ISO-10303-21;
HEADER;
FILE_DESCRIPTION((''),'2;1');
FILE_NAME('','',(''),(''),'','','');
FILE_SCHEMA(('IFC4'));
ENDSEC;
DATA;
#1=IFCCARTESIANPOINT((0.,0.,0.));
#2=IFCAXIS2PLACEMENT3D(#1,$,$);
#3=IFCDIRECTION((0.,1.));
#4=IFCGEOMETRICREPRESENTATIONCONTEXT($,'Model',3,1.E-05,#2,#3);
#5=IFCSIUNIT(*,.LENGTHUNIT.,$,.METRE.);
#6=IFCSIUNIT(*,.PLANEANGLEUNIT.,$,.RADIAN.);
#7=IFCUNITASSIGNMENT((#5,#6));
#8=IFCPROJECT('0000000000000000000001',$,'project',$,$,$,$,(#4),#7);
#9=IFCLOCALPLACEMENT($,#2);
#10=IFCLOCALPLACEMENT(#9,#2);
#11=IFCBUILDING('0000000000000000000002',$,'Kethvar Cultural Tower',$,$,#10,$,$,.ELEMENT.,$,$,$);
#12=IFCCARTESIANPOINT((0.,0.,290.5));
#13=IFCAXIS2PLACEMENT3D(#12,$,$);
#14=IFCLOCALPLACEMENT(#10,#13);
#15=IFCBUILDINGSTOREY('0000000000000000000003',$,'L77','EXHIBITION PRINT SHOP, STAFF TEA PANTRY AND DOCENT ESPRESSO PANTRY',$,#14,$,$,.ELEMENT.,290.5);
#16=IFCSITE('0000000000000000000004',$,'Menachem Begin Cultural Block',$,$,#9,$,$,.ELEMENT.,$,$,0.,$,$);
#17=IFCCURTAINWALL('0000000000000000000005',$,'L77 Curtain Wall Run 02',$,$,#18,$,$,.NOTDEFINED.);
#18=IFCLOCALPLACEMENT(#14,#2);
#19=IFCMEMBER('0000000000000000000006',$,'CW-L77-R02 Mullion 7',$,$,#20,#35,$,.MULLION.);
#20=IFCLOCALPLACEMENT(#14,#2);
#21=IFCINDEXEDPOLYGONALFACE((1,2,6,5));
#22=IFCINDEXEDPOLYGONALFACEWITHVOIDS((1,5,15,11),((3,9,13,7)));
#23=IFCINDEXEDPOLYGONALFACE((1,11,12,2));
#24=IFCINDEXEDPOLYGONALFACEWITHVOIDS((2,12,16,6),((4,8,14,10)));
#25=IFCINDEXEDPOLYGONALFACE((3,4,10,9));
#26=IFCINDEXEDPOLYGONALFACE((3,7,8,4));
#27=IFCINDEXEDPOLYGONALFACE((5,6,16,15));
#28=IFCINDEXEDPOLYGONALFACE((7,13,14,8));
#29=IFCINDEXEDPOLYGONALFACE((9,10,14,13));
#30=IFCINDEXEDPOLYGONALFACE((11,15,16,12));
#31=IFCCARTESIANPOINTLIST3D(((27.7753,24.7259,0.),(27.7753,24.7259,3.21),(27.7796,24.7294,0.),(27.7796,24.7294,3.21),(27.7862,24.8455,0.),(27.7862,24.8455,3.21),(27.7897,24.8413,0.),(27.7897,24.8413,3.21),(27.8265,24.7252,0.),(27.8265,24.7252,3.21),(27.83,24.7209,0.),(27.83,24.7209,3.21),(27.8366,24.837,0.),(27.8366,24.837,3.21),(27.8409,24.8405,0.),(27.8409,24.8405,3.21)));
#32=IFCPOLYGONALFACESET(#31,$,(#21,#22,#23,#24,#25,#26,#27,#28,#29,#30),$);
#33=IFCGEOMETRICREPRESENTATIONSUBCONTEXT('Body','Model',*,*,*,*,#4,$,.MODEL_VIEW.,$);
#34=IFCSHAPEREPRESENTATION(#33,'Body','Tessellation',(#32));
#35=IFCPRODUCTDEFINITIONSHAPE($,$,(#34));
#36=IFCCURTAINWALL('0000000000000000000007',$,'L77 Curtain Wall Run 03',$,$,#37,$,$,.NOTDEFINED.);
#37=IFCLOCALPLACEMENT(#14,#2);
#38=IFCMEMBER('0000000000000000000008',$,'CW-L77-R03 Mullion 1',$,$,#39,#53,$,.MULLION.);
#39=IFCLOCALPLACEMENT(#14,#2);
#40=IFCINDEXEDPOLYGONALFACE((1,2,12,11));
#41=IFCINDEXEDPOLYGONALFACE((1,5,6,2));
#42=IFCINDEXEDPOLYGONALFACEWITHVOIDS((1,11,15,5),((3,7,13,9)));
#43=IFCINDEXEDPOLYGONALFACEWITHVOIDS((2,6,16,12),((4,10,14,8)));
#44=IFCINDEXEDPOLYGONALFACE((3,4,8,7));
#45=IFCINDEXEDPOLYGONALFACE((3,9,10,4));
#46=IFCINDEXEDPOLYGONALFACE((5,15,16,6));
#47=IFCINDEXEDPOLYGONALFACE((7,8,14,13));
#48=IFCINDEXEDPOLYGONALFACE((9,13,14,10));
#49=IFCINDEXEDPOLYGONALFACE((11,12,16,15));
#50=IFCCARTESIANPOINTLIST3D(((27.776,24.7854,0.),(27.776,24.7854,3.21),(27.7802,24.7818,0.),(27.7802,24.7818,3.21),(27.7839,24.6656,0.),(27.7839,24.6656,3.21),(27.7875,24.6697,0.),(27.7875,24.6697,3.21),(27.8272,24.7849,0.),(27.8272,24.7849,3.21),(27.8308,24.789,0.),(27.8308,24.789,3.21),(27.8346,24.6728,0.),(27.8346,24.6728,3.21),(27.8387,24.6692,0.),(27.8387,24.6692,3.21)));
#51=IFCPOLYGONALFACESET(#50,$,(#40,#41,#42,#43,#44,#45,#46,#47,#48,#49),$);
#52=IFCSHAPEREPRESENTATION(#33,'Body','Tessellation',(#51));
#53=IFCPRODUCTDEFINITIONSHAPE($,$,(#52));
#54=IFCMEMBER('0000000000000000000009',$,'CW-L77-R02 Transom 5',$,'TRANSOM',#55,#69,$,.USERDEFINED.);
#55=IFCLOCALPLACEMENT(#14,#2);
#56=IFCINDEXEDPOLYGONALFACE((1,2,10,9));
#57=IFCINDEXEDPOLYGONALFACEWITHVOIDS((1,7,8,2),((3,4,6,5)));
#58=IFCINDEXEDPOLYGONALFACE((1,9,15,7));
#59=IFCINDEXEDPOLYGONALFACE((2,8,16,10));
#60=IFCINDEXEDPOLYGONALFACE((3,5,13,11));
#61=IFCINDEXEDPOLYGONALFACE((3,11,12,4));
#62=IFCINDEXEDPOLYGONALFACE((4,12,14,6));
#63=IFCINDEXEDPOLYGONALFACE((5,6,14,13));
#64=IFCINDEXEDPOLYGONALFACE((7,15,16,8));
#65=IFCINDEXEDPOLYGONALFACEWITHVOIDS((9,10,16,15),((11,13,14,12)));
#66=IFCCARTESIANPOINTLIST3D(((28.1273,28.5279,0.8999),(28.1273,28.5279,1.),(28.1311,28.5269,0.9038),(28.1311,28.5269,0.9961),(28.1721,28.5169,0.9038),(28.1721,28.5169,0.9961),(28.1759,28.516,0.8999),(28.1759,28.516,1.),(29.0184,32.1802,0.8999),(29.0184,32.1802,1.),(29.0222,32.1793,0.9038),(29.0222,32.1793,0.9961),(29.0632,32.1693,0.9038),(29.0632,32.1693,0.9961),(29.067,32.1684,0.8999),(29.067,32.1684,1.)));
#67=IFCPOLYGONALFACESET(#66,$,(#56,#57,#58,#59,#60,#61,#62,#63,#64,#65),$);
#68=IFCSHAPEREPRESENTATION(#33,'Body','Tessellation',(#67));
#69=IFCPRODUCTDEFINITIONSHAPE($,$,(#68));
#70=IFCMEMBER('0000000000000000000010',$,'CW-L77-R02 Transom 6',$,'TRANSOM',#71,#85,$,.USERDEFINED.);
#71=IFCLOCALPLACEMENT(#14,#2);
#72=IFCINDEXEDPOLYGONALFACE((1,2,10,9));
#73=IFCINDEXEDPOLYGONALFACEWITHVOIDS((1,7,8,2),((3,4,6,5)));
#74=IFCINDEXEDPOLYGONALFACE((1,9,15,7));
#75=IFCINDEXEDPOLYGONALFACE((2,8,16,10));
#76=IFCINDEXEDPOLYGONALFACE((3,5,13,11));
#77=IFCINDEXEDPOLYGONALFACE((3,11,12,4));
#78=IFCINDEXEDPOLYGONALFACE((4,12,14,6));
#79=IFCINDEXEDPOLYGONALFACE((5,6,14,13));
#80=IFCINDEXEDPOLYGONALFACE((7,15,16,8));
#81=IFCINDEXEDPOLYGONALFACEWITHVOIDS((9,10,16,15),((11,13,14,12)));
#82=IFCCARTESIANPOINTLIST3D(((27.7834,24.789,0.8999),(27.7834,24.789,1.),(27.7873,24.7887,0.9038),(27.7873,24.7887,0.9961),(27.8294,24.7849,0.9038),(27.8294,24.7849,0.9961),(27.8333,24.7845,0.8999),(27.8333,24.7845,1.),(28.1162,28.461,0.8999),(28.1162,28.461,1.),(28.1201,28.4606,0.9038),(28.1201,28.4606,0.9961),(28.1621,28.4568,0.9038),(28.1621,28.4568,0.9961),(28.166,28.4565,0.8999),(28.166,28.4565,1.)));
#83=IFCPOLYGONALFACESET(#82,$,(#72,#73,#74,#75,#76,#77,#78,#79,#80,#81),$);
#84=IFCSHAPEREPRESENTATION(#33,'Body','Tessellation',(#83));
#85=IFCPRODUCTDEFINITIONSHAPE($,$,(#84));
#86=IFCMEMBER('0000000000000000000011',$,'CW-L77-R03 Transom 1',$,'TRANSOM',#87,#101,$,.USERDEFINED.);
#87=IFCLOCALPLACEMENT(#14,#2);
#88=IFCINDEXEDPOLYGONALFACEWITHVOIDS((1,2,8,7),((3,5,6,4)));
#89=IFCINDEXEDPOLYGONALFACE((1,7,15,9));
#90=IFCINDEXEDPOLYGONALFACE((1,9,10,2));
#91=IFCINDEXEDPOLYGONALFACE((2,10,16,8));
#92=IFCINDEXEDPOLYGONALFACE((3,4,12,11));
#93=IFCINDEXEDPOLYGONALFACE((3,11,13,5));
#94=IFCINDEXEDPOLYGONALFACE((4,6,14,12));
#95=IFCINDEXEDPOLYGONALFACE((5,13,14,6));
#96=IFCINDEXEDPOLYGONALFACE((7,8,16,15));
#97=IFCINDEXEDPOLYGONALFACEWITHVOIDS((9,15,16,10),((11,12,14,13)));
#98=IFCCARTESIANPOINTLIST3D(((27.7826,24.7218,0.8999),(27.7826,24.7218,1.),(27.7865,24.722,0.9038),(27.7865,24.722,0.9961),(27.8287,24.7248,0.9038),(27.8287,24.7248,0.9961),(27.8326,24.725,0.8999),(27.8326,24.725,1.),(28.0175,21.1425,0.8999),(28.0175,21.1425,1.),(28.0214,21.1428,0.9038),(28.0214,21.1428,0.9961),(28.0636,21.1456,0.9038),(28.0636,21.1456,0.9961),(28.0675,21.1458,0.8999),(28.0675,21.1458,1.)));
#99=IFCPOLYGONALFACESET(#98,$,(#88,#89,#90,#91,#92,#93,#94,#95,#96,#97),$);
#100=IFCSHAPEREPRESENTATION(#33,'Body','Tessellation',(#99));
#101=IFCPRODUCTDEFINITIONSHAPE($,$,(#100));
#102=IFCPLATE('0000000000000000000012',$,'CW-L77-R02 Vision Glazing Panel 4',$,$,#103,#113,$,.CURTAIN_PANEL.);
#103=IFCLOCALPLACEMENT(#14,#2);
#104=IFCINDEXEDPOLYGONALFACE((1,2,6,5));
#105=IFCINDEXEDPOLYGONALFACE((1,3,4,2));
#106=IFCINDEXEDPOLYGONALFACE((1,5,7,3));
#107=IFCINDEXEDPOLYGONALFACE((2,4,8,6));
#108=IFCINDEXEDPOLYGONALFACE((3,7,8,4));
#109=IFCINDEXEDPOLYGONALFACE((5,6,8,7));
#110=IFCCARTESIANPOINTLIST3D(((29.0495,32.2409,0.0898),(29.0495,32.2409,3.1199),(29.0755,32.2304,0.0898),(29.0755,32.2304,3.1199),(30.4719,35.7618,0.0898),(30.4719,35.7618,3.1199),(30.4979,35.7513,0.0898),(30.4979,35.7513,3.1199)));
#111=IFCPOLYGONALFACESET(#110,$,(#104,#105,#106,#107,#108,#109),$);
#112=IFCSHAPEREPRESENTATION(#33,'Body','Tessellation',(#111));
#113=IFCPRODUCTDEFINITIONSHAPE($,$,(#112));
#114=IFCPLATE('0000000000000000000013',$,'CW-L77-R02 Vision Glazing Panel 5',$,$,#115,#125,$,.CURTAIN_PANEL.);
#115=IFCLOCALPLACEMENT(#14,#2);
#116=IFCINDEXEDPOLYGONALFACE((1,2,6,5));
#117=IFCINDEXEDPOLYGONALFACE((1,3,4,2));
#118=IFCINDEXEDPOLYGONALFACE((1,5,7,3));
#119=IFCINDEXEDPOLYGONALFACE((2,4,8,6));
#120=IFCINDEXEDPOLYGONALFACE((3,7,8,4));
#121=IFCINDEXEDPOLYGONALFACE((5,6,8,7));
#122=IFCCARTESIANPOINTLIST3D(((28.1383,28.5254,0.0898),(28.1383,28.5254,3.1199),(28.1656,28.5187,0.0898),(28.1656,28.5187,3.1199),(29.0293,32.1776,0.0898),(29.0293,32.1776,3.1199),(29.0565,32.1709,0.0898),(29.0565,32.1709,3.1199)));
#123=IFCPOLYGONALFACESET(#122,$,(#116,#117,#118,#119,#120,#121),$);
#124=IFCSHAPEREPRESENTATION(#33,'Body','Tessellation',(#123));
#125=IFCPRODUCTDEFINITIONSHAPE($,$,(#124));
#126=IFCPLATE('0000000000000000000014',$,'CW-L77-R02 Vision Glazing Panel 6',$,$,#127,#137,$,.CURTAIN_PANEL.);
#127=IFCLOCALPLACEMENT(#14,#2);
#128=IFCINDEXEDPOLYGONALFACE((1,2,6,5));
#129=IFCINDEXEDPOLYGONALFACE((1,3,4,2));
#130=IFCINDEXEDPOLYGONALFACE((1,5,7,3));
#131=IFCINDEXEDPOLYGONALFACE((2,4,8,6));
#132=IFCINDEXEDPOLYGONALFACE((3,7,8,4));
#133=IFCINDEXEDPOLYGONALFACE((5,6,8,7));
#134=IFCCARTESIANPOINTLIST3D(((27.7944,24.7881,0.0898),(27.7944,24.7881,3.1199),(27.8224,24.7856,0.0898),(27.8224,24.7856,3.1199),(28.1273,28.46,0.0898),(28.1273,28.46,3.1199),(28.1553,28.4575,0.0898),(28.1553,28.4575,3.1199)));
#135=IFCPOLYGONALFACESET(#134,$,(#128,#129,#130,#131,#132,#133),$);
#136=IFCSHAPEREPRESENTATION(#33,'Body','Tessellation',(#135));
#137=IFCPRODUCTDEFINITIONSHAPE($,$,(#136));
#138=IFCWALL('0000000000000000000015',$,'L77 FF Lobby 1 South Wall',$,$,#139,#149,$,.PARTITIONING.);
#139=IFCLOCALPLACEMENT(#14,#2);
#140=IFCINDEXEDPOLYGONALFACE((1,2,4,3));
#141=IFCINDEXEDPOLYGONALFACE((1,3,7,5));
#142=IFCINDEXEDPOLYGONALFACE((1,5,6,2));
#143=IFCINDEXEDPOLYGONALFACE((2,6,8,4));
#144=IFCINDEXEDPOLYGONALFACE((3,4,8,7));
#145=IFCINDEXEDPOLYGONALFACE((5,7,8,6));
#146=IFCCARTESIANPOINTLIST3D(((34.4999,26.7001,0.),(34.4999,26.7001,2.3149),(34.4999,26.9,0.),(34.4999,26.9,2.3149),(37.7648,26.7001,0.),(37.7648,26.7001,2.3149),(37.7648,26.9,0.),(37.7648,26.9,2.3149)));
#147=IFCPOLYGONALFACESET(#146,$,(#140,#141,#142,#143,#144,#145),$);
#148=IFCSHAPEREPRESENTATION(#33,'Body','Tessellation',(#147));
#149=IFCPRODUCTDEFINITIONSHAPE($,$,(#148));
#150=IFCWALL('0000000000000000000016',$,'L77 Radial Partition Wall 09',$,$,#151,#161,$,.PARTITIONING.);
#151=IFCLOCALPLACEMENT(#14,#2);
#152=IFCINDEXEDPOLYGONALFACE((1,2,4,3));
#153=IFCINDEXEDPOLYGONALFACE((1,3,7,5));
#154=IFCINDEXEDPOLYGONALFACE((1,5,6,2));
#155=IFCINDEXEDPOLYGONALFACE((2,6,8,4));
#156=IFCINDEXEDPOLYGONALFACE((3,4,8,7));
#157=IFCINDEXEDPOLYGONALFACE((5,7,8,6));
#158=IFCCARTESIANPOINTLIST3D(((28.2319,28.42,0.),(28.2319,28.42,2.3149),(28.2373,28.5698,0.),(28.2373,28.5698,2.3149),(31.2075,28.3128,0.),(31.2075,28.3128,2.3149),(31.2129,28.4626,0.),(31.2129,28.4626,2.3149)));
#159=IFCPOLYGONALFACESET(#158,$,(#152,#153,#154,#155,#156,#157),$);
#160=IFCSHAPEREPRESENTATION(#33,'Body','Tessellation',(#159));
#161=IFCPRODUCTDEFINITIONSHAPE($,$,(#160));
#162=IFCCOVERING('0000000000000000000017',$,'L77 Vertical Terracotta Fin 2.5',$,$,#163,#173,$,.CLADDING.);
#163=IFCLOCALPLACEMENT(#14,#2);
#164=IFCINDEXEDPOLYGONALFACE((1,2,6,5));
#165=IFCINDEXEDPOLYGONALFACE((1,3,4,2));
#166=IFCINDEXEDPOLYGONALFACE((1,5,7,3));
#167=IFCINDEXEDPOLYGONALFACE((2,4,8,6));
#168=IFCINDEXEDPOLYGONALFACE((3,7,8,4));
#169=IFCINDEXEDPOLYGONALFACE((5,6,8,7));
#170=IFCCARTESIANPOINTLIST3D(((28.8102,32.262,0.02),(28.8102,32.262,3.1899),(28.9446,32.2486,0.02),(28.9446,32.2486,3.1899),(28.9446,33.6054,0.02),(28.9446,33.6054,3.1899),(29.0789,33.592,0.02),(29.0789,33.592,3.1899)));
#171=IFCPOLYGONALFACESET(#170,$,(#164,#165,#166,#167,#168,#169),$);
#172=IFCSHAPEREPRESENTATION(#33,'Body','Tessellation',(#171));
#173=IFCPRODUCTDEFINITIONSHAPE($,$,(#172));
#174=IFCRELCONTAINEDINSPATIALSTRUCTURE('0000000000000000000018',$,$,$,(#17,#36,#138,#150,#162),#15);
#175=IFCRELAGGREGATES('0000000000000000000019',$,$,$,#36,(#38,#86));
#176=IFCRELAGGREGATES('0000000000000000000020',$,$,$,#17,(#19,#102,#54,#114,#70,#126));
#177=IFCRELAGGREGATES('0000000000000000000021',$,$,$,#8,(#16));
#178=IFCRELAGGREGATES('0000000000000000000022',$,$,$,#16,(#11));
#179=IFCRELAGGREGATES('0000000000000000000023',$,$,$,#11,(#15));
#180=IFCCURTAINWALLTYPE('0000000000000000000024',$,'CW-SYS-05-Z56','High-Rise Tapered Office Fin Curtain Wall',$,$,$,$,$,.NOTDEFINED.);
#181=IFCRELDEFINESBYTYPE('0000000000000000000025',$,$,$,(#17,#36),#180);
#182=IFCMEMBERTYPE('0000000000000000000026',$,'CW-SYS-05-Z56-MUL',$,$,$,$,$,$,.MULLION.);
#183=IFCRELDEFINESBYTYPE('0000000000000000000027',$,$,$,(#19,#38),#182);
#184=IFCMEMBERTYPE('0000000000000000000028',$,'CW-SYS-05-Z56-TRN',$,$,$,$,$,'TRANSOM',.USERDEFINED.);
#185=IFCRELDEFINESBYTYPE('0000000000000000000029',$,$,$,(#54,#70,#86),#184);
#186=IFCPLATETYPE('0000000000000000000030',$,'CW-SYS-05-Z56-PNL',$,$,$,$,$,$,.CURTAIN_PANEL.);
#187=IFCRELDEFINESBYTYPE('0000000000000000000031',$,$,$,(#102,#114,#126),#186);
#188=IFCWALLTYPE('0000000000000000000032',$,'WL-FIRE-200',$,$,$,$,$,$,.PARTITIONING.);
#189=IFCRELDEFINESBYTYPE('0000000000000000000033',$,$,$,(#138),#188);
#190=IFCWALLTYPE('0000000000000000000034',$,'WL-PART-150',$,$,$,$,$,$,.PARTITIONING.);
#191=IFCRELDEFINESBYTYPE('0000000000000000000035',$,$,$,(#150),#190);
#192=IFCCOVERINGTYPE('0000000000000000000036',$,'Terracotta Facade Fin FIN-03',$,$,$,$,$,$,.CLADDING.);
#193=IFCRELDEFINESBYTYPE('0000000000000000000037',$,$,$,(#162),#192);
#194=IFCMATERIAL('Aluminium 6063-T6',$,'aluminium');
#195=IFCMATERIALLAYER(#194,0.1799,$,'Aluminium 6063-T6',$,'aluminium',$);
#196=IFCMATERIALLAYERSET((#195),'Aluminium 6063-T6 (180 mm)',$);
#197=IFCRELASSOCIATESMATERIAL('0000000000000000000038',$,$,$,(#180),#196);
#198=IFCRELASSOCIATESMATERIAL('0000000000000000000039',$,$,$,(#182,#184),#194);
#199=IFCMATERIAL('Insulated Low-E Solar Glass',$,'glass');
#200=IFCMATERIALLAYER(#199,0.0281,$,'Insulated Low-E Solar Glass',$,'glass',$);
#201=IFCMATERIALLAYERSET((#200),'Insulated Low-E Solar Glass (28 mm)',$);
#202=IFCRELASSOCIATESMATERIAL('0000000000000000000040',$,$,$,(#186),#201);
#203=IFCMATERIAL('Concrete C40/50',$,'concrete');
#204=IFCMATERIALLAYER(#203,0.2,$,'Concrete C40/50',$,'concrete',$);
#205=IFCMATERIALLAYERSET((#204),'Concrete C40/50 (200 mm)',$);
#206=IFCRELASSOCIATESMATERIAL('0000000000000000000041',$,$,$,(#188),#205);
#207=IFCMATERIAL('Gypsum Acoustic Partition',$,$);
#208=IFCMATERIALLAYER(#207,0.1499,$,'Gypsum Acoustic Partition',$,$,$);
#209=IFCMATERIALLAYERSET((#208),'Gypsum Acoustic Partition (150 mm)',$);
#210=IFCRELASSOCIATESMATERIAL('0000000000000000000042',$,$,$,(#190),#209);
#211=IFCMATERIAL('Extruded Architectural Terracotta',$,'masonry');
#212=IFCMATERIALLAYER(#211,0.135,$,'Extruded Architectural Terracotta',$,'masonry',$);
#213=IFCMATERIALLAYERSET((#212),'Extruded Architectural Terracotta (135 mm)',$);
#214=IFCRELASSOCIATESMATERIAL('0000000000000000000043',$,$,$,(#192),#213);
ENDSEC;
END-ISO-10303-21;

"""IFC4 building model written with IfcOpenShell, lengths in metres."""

from ifc_helpers import new_model, si_unit, direction, frame, frame_2d, origin, origin_2d, place, context, subcontext, project, spatial, rectangle, hollow_rectangle, extrude, source, transform, mapped, material, layer, layer_set, material_profile, profile_set, type_object, element, aggregate, save


model = new_model("IFC4")

# Units and contexts
model_context = context("Model", 3, precision=1e-05, world=origin(), true_north=direction((0.0, 1.0)))
body_context = subcontext(model_context, "Body", "Model", "MODEL_VIEW")
ifc_project = project(units=[si_unit("LENGTHUNIT", "METRE"), si_unit("PLANEANGLEUNIT", "RADIAN")], contexts=[model_context])

# Site, building, storey
site_placement = place(None, origin())
site = spatial("IfcSite", under=ifc_project, at=site_placement, Name="Menachem Begin Cultural Block", CompositionType="ELEMENT", RefElevation=0.0)
building_placement = place(site_placement, origin())
building = spatial("IfcBuilding", under=site, at=building_placement, Name="Kethvar Cultural Tower", CompositionType="ELEMENT")
storey_placement = place(building_placement, frame((0.0, 0.0, 290.5)))
storey = spatial("IfcBuildingStorey", under=building, at=storey_placement, Name="L77", Description="EXHIBITION PRINT SHOP, STAFF TEA PANTRY AND DOCENT ESPRESSO PANTRY", CompositionType="ELEMENT", Elevation=290.5)

# Curtain wall, member
ifc_material_1 = material(Name="Aluminium 6063-T6", Category="aluminium")
ifc_layer_1 = layer(ifc_material_1, 0.1799, Name="Aluminium 6063-T6", Category="aluminium")
ifc_layer_set_1 = layer_set([ifc_layer_1], Name="Aluminium 6063-T6 (180 mm)")
curtain_wall_type = type_object("IfcCurtainWallType", Name="CW-SYS-05-Z56", Description="High-Rise Tapered Office Fin Curtain Wall", PredefinedType="NOTDEFINED", material=ifc_layer_set_1)
curtain_wall_1_placement = place(storey_placement, origin())
curtain_wall_1 = element("IfcCurtainWall", 1, at=curtain_wall_1_placement, inside=storey, type_object=curtain_wall_type, Name="L77 Curtain Wall Run 02", PredefinedType="NOTDEFINED")
ifc_material_profile_1 = material_profile(ifc_material_1, hollow_rectangle(XDim=0.0549, YDim=0.1201, WallThickness=0.0039, at=origin_2d()), Name="Aluminium 6063-T6 — RHS120x55x4")
ifc_profile_set_1 = profile_set([ifc_material_profile_1], Name="Aluminium 6063-T6 — RHS120x55x4")
member_type_1 = type_object("IfcMemberType", Name="CW-SYS-05-Z56-MUL", PredefinedType="MULLION", material=ifc_profile_set_1)
shared_shape_1 = source(origin(), body_context, "Body", "SweptSolid", [
    extrude(hollow_rectangle(XDim=0.0549, YDim=0.1201, WallThickness=0.0039, at=origin_2d()), origin(), (0.0, 0.0, 1.0), 3.21),
])
member_1_placement = place(storey_placement, frame((27.8081, 24.7832, 0.0), z_axis=(0.0, 0.0, 1.0), x_axis=(0.995916, -0.090285, 0.0)))
member_1 = element("IfcMember", 2, at=member_1_placement, type_object=member_type_1, Name="CW-L77-R02 Mullion 7", PredefinedType="MULLION", context=body_context, shape_type="MappedRepresentation", body=[
    mapped(shared_shape_1, transform((0.0, 0.0, 0.0), scale=1.0)),
])

# Curtain wall, member
curtain_wall_2_placement = place(storey_placement, origin())
curtain_wall_2 = element("IfcCurtainWall", 3, at=curtain_wall_2_placement, inside=storey, type_object=curtain_wall_type, Name="L77 Curtain Wall Run 03", PredefinedType="NOTDEFINED")
member_2_placement = place(storey_placement, frame((27.8074, 24.7273, 0.0), z_axis=(0.0, 0.0, 1.0), x_axis=(0.997851, 0.065525, 0.0)))
member_2 = element("IfcMember", 4, at=member_2_placement, type_object=member_type_1, Name="CW-L77-R03 Mullion 1", PredefinedType="MULLION", context=body_context, shape_type="MappedRepresentation", body=[
    mapped(shared_shape_1, transform((0.0, 0.0, 0.0), scale=1.0)),
])

# Members
ifc_material_profile_2 = material_profile(ifc_material_1, hollow_rectangle(XDim=0.05, YDim=0.1001, WallThickness=0.0039, at=origin_2d()), Name="Aluminium 6063-T6 — RHS100x50x4")
ifc_profile_set_2 = profile_set([ifc_material_profile_2], Name="Aluminium 6063-T6 — RHS100x50x4")
member_type_2 = type_object("IfcMemberType", Name="CW-SYS-05-Z56-TRN", ElementType="TRANSOM", PredefinedType="USERDEFINED", material=ifc_profile_set_2)
shared_shape_2 = source(origin(), body_context, "Body", "SweptSolid", [
    extrude(hollow_rectangle(XDim=0.05, YDim=0.1001, WallThickness=0.0039, at=origin_2d()), origin(), (0.0, 0.0, 1.0), 3.7595),
])
member_3_placement = place(storey_placement, frame((29.0427, 32.1743, 0.95), z_axis=(-0.237031, -0.971502, 0.0), x_axis=(0.971502, -0.237031, 0.0)))
member_3 = element("IfcMember", 5, at=member_3_placement, type_object=member_type_2, Name="CW-L77-R02 Transom 5", ObjectType="TRANSOM", PredefinedType="USERDEFINED", context=body_context, shape_type="MappedRepresentation", body=[
    mapped(shared_shape_2, transform((0.0, 0.0, 0.0), scale=1.0)),
])
shared_shape_3 = source(origin(), body_context, "Body", "SweptSolid", [
    extrude(hollow_rectangle(XDim=0.05, YDim=0.1001, WallThickness=0.0039, at=origin_2d()), origin(), (0.0, 0.0, 1.0), 3.687),
])
member_4_placement = place(storey_placement, frame((28.1411, 28.4587, 0.95), z_axis=(-0.090255, -0.995919, 0.0), x_axis=(0.995919, -0.090255, 0.0)))
member_4 = element("IfcMember", 6, at=member_4_placement, type_object=member_type_2, Name="CW-L77-R02 Transom 6", ObjectType="TRANSOM", PredefinedType="USERDEFINED", context=body_context, shape_type="MappedRepresentation", body=[
    mapped(shared_shape_3, transform((0.0, 0.0, 0.0), scale=1.0)),
])
shared_shape_4 = source(origin(), body_context, "Body", "SweptSolid", [
    extrude(hollow_rectangle(XDim=0.05, YDim=0.1001, WallThickness=0.0039, at=origin_2d()), origin(), (0.0, 0.0, 1.0), 3.5869),
])
member_5_placement = place(storey_placement, frame((27.8076, 24.7234, 0.95), z_axis=(0.06548, -0.997854, 0.0), x_axis=(0.997854, 0.06548, 0.0)))
member_5 = element("IfcMember", 7, at=member_5_placement, type_object=member_type_2, Name="CW-L77-R03 Transom 1", ObjectType="TRANSOM", PredefinedType="USERDEFINED", context=body_context, shape_type="MappedRepresentation", body=[
    mapped(shared_shape_4, transform((0.0, 0.0, 0.0), scale=1.0)),
])
aggregate(curtain_wall_2, [member_2, member_5])

# Plates
ifc_material_2 = material(Name="Insulated Low-E Solar Glass", Category="glass")
ifc_layer_2 = layer(ifc_material_2, 0.0281, Name="Insulated Low-E Solar Glass", Category="glass")
ifc_layer_set_2 = layer_set([ifc_layer_2], Name="Insulated Low-E Solar Glass (28 mm)")
plate_type = type_object("IfcPlateType", Name="CW-SYS-05-Z56-PNL", PredefinedType="CURTAIN_PANEL", material=ifc_layer_set_2)
shared_shape_5 = source(origin(), body_context, "Body", "SweptSolid", [
    extrude(rectangle(XDim=3.7974, YDim=0.0281, at=origin_2d()), origin(), (0.0, 0.0, 1.0), 3.03),
])
plate_1_placement = place(storey_placement, frame((29.7737, 33.9961, 0.0898), z_axis=(0.0, 0.0, 1.0), x_axis=(-0.374574, -0.927197, 0.0)))
plate_1 = element("IfcPlate", 8, at=plate_1_placement, type_object=plate_type, Name="CW-L77-R02 Vision Glazing Panel 4", PredefinedType="CURTAIN_PANEL", context=body_context, shape_type="MappedRepresentation", body=[
    mapped(shared_shape_5, transform((0.0, 0.0, 0.0), scale=1.0)),
])
shared_shape_6 = source(origin(), body_context, "Body", "SweptSolid", [
    extrude(rectangle(XDim=3.7593, YDim=0.0281, at=origin_2d()), origin(), (0.0, 0.0, 1.0), 3.03),
])
plate_2_placement = place(storey_placement, frame((28.5974, 30.3481, 0.0898), z_axis=(0.0, 0.0, 1.0), x_axis=(-0.237008, -0.971508, 0.0)))
plate_2 = element("IfcPlate", 9, at=plate_2_placement, type_object=plate_type, Name="CW-L77-R02 Vision Glazing Panel 5", PredefinedType="CURTAIN_PANEL", context=body_context, shape_type="MappedRepresentation", body=[
    mapped(shared_shape_6, transform((0.0, 0.0, 0.0), scale=1.0)),
])
shared_shape_7 = source(origin(), body_context, "Body", "SweptSolid", [
    extrude(rectangle(XDim=3.687, YDim=0.0281, at=origin_2d()), origin(), (0.0, 0.0, 1.0), 3.03),
])
plate_3_placement = place(storey_placement, frame((27.9749, 26.6228, 0.0898), z_axis=(0.0, 0.0, 1.0), x_axis=(-0.090285, -0.995916, 0.0)))
plate_3 = element("IfcPlate", 10, at=plate_3_placement, type_object=plate_type, Name="CW-L77-R02 Vision Glazing Panel 6", PredefinedType="CURTAIN_PANEL", context=body_context, shape_type="MappedRepresentation", body=[
    mapped(shared_shape_7, transform((0.0, 0.0, 0.0), scale=1.0)),
])
aggregate(curtain_wall_1, [member_1, plate_1, member_3, plate_2, member_4, plate_3])

# Walls
ifc_material_3 = material(Name="Concrete C40/50", Category="concrete")
ifc_layer_3 = layer(ifc_material_3, 0.2, Name="Concrete C40/50", Category="concrete")
ifc_layer_set_3 = layer_set([ifc_layer_3], Name="Concrete C40/50 (200 mm)")
wall_type_1 = type_object("IfcWallType", Name="WL-FIRE-200", PredefinedType="PARTITIONING", material=ifc_layer_set_3)
wall_1_placement = place(storey_placement, frame((34.5, 26.8, 0.0), z_axis=(0.0, 0.0, 1.0), x_axis=(1.0, 0.0, 0.0)))
element("IfcWall", 11, at=wall_1_placement, inside=storey, type_object=wall_type_1, Name="L77 FF Lobby 1 South Wall", PredefinedType="PARTITIONING", context=body_context, shape_type="SweptSolid", body=[
    extrude(rectangle(XDim=3.2649, YDim=0.2, at=frame_2d((1.6323, 0.0))), origin(), (0.0, 0.0, 1.0), 2.3149),
])
ifc_material_4 = material(Name="Gypsum Acoustic Partition")
ifc_layer_4 = layer(ifc_material_4, 0.1499, Name="Gypsum Acoustic Partition")
ifc_layer_set_4 = layer_set([ifc_layer_4], Name="Gypsum Acoustic Partition (150 mm)")
wall_type_2 = type_object("IfcWallType", Name="WL-PART-150", PredefinedType="PARTITIONING", material=ifc_layer_set_4)
wall_2_placement = place(storey_placement, frame((31.2102, 28.3877, 0.0), z_axis=(0.0, 0.0, 1.0), x_axis=(-0.999352, 0.035996, 0.0)))
element("IfcWall", 12, at=wall_2_placement, inside=storey, type_object=wall_type_2, Name="L77 Radial Partition Wall 09", PredefinedType="PARTITIONING", context=body_context, shape_type="SweptSolid", body=[
    extrude(rectangle(XDim=2.9775, YDim=0.1499, at=frame_2d((1.4888, 0.0))), origin(), (0.0, 0.0, 1.0), 2.3149),
])

# Covering
ifc_material_5 = material(Name="Extruded Architectural Terracotta", Category="masonry")
ifc_layer_5 = layer(ifc_material_5, 0.135, Name="Extruded Architectural Terracotta", Category="masonry")
ifc_layer_set_5 = layer_set([ifc_layer_5], Name="Extruded Architectural Terracotta (135 mm)")
covering_type = type_object("IfcCoveringType", Name="Terracotta Facade Fin FIN-03", PredefinedType="CLADDING", material=ifc_layer_set_5)
shared_shape_8 = source(origin(), body_context, "Body", "SweptSolid", [
    extrude(rectangle(XDim=1.3501, YDim=0.135, at=origin_2d()), origin(), (0.0, 0.0, 1.0), 3.1699),
])
for number, where, z_axis, x_axis, name in (
    (13, (28.9446, 32.927, 0.02), (0.0, 0.0, 1.0), (0.099493, 0.995038, 0.0), "L77 Vertical Terracotta Fin 2.5"),
):
    element("IfcCovering", number, at=place(storey_placement, frame(where, z_axis=z_axis, x_axis=x_axis)), inside=storey, type_object=covering_type, Name=name, PredefinedType="CLADDING", context=body_context, shape_type="MappedRepresentation", body=[
        mapped(shared_shape_8, transform((0.0, 0.0, 0.0), scale=1.0)),
    ])

save(model, "model.ifc")
